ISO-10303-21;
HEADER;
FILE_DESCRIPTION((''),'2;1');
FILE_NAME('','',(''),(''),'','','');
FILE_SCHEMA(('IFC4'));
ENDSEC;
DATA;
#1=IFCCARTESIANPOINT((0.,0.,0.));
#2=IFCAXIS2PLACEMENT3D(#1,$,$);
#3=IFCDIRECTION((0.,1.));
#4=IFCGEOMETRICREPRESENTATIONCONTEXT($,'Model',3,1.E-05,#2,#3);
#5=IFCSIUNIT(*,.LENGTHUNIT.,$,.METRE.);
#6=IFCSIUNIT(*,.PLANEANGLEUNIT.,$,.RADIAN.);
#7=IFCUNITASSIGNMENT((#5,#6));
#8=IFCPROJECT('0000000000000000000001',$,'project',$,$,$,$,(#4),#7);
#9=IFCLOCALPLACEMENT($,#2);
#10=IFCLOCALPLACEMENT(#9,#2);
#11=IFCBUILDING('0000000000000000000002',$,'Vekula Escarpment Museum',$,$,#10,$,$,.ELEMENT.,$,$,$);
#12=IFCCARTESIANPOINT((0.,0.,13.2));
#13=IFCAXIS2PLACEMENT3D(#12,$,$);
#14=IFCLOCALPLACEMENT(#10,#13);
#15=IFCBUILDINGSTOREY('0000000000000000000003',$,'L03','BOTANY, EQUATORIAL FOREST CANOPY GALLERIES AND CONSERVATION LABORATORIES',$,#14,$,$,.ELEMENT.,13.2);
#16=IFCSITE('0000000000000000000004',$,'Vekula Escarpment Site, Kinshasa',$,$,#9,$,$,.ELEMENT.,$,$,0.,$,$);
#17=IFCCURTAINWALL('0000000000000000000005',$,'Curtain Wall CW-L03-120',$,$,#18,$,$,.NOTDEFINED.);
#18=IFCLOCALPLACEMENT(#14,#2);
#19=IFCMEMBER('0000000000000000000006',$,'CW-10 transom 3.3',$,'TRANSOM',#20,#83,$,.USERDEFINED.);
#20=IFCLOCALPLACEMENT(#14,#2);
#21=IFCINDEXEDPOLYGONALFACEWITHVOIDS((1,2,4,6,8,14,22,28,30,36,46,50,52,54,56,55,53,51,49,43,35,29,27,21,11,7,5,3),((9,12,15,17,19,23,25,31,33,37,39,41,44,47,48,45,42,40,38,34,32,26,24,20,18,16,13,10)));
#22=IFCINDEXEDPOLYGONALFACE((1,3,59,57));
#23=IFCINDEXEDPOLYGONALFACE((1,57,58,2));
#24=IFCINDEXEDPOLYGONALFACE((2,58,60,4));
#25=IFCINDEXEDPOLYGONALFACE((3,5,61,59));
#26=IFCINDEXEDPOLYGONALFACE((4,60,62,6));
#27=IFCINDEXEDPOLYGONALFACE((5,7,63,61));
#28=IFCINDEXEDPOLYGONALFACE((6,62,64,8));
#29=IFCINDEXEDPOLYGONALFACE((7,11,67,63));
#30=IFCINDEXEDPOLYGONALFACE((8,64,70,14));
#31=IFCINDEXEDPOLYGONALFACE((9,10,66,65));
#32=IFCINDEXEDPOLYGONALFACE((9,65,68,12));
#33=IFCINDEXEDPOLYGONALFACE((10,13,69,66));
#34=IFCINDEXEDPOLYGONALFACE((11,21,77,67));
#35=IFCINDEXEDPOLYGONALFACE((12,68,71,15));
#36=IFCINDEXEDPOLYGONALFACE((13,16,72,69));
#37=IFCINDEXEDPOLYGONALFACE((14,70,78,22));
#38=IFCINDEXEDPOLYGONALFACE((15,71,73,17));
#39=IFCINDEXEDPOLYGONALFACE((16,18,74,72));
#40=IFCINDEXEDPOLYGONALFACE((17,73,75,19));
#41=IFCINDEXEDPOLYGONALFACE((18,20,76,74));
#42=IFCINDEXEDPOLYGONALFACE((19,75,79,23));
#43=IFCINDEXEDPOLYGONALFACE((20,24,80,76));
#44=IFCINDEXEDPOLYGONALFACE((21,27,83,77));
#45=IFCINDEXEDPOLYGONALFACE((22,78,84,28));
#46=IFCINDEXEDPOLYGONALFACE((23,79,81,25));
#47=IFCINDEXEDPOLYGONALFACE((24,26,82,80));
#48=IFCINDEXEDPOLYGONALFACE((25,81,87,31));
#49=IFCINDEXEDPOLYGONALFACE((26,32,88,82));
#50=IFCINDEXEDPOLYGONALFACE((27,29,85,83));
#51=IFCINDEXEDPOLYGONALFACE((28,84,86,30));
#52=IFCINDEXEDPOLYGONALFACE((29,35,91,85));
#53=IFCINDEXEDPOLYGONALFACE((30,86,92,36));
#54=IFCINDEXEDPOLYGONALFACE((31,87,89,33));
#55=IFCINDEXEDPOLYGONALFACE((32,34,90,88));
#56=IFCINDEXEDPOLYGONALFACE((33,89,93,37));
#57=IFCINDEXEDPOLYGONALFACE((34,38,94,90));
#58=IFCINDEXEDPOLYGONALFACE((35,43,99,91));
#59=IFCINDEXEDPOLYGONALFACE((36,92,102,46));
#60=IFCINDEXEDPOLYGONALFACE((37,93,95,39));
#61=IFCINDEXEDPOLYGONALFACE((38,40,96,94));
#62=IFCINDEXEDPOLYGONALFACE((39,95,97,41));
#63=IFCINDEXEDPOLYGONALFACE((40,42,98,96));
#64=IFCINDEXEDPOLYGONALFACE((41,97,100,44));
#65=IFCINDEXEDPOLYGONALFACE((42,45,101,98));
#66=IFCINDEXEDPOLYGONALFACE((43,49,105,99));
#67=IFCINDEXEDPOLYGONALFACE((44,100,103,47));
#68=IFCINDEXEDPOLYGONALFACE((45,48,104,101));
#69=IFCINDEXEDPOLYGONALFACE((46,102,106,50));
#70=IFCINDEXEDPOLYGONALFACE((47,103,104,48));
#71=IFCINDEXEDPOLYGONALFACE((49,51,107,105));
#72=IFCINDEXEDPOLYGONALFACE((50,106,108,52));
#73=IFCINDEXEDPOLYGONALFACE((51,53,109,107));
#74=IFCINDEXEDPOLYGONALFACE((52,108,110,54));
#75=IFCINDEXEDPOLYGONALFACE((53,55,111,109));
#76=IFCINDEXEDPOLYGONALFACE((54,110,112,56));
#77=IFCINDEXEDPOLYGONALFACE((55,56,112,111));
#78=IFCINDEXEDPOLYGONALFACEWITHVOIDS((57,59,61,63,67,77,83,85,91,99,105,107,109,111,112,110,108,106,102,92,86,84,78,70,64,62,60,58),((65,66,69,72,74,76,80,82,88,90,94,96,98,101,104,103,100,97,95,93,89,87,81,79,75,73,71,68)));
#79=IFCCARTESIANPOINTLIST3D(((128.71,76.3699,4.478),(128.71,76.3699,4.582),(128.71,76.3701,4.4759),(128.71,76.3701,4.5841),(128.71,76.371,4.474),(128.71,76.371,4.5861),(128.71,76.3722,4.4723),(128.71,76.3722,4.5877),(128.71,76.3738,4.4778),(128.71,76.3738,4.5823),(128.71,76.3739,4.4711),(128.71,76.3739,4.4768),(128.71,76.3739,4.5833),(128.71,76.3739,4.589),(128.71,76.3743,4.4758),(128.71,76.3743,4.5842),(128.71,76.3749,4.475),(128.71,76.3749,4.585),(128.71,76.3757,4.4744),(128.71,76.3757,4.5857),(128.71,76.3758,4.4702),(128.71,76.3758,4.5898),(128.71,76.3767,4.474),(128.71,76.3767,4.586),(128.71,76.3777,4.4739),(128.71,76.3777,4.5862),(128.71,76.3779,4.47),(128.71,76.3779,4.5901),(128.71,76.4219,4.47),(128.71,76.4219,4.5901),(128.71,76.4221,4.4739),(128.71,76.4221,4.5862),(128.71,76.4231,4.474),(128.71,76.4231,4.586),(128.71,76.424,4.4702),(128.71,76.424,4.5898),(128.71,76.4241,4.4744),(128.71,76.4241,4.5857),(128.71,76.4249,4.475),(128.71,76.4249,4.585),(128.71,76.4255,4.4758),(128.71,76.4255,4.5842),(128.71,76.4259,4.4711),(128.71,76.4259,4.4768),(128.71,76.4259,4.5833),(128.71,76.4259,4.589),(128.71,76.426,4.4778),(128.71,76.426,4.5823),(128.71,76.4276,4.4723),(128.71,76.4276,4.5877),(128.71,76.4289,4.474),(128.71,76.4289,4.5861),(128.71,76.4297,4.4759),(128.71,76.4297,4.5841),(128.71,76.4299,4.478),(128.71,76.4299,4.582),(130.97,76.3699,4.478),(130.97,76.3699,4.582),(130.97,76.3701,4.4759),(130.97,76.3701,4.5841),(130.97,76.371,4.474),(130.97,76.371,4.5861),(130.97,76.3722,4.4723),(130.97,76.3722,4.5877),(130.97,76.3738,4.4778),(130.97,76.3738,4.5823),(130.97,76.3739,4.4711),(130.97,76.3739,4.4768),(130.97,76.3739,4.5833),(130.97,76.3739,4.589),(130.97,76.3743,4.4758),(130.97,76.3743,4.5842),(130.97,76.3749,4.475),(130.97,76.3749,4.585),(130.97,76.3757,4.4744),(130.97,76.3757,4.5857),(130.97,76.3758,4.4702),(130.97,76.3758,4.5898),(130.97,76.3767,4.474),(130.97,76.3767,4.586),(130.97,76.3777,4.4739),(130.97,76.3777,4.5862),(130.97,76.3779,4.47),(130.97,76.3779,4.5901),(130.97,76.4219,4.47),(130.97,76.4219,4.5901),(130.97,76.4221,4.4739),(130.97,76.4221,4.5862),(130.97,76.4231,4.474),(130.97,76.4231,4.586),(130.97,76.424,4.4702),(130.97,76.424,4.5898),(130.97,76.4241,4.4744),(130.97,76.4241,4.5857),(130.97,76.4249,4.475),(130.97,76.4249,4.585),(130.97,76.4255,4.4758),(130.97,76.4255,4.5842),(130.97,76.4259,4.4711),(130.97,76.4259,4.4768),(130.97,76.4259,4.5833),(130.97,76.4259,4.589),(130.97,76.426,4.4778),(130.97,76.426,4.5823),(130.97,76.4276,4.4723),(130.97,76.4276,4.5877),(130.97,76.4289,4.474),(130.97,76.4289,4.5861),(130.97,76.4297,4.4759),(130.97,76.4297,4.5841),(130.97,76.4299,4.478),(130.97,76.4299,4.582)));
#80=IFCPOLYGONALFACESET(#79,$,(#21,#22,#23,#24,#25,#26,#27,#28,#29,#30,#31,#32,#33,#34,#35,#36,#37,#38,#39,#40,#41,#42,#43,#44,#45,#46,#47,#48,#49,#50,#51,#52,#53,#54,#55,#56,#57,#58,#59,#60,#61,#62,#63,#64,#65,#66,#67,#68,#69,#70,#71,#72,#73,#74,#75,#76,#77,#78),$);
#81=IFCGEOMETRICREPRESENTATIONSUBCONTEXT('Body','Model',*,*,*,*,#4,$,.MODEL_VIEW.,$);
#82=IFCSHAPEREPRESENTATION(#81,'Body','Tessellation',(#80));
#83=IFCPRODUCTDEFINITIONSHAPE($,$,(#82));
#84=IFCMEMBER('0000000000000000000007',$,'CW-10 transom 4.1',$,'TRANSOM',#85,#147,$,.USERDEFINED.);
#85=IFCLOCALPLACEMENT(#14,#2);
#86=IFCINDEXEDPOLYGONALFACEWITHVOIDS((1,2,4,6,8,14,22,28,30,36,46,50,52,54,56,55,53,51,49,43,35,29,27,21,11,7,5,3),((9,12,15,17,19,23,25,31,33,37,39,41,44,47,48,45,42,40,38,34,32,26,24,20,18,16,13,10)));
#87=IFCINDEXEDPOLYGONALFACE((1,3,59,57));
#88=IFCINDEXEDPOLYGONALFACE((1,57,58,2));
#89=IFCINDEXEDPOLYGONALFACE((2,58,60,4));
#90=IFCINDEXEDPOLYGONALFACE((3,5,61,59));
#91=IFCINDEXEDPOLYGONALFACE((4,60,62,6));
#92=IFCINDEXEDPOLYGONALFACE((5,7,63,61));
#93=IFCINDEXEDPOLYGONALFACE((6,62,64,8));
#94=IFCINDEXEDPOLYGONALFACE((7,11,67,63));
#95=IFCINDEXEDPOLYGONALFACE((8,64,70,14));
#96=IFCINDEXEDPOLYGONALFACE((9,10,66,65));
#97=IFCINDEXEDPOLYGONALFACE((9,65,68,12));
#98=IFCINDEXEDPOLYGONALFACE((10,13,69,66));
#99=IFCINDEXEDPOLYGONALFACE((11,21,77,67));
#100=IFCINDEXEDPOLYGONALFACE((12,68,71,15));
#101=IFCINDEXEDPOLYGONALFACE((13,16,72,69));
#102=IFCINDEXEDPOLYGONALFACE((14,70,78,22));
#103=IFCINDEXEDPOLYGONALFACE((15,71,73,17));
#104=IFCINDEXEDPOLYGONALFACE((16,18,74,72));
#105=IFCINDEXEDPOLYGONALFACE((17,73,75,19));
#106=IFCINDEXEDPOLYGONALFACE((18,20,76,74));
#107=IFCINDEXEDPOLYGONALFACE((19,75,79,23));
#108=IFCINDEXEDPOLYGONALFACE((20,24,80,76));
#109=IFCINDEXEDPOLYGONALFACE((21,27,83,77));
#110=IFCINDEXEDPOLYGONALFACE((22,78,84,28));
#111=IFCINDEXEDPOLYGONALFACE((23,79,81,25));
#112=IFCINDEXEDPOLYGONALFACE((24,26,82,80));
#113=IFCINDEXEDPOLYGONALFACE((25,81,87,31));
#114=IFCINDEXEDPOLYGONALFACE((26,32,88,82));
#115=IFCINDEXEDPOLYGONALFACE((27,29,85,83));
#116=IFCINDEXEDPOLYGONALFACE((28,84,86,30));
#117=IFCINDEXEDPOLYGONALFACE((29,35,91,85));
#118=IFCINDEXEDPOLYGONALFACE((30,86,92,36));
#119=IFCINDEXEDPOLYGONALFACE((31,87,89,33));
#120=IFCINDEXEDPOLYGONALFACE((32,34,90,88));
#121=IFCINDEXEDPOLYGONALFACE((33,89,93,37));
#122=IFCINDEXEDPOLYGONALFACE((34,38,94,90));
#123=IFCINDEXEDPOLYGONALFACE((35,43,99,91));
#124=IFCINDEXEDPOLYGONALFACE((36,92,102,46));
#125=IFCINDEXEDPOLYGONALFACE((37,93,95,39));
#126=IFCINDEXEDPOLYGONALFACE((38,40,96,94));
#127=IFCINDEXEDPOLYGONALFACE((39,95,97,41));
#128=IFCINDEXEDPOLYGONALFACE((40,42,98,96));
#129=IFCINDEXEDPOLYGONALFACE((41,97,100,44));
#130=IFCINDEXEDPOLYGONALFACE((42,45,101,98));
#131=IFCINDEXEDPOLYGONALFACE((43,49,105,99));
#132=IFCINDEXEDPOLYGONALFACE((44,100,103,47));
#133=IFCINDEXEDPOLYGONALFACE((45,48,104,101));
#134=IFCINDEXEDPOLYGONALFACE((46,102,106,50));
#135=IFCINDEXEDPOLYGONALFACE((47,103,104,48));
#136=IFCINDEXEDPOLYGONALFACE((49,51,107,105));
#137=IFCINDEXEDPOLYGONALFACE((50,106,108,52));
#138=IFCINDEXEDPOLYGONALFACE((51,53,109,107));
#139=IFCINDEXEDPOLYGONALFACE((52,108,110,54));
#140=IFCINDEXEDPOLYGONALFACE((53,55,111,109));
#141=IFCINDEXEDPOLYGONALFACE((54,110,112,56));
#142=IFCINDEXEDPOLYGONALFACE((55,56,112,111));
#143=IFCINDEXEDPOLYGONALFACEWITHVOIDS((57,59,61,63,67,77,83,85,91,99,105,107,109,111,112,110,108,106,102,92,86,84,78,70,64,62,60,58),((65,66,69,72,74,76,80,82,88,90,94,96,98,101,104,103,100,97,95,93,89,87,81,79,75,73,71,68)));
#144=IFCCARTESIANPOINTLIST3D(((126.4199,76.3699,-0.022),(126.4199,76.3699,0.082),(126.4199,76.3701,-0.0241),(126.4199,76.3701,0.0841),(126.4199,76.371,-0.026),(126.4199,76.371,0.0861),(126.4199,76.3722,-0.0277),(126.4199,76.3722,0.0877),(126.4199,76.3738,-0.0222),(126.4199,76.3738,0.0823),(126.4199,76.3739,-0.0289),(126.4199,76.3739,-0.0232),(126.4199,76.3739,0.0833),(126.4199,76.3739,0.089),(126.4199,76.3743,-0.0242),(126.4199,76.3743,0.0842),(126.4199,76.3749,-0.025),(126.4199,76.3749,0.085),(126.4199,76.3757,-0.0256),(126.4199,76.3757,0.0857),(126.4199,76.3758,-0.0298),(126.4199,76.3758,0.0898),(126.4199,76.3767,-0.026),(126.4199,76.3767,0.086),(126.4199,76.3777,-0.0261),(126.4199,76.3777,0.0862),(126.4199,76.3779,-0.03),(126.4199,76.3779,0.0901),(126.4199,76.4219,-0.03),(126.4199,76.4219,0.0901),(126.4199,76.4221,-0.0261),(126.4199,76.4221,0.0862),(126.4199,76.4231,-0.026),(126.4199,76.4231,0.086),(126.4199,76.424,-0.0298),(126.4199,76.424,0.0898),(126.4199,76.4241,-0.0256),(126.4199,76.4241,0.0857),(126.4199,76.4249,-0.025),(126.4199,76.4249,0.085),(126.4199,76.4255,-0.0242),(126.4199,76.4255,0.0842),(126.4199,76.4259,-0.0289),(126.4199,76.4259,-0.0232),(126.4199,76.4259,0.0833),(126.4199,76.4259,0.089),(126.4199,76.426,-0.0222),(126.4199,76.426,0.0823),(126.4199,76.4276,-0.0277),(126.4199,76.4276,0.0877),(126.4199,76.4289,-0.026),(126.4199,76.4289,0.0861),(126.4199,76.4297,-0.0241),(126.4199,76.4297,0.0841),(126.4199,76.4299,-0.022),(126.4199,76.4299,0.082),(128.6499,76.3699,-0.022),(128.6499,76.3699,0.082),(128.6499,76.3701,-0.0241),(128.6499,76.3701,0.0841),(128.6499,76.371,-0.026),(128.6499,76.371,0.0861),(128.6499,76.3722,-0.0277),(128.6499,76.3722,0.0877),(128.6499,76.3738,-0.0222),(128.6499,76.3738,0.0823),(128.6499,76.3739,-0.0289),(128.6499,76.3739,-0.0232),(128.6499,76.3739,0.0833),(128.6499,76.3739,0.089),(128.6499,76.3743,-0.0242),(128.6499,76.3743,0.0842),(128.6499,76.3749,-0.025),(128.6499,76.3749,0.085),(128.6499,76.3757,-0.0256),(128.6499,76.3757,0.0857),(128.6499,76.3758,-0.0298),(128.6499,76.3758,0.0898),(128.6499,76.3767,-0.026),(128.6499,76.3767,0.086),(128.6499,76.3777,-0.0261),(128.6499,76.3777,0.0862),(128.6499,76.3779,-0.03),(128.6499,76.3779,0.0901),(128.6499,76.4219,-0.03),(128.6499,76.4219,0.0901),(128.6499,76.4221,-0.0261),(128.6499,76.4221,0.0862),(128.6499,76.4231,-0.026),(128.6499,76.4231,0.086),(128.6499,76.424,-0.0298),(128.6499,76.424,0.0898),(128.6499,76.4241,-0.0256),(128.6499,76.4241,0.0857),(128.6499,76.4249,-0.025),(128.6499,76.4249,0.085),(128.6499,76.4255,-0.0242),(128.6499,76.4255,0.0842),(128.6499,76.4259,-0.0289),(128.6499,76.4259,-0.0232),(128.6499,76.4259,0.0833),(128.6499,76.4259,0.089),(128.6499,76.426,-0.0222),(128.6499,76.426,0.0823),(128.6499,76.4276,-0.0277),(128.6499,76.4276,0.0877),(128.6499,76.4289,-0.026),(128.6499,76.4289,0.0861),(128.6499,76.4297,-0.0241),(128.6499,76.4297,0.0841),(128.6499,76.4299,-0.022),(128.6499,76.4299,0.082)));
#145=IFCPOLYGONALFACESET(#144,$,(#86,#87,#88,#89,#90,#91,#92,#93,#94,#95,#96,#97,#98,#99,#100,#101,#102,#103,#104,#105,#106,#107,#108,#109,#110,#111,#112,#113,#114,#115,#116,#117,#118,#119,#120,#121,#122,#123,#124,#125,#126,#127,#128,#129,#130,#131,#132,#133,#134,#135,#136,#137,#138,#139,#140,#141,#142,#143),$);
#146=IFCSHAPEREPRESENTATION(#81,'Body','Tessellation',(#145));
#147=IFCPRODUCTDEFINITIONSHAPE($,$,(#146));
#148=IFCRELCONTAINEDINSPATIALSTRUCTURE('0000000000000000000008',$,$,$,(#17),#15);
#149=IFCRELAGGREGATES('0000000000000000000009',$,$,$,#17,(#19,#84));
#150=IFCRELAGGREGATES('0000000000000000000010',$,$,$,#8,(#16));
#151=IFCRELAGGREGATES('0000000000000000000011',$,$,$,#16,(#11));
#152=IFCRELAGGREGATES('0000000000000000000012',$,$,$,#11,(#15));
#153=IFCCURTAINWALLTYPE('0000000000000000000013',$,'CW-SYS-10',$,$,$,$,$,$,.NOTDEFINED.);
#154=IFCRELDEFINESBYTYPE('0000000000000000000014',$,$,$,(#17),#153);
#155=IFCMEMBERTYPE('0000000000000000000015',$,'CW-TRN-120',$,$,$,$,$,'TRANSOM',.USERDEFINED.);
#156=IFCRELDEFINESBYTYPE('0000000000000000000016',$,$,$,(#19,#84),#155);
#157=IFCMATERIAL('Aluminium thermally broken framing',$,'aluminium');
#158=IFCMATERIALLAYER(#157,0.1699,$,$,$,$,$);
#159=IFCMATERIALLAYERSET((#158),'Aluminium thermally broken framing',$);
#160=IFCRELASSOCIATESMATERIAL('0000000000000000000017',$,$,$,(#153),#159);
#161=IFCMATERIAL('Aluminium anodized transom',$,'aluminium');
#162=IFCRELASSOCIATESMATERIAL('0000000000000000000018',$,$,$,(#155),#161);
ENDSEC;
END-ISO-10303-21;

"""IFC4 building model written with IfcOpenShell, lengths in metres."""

from ifc_helpers import new_model, si_unit, direction, frame, origin, origin_2d, place, context, subcontext, project, spatial, hollow_rectangle, extrude, material, layer, layer_set, material_profile, profile_set, type_object, element, aggregate, save


model = new_model("IFC4")

# Units and contexts
model_context = context("Model", 3, precision=1e-05, world=origin(), true_north=direction((0.0, 1.0)))
body_context = subcontext(model_context, "Body", "Model", "MODEL_VIEW")
ifc_project = project(units=[si_unit("LENGTHUNIT", "METRE"), si_unit("PLANEANGLEUNIT", "RADIAN")], contexts=[model_context])

# Site, building, storey
site_placement = place(None, origin())
site = spatial("IfcSite", under=ifc_project, at=site_placement, Name="Vekula Escarpment Site, Kinshasa", CompositionType="ELEMENT", RefElevation=0.0)
building_placement = place(site_placement, origin())
building = spatial("IfcBuilding", under=site, at=building_placement, Name="Vekula Escarpment Museum", CompositionType="ELEMENT")
storey_placement = place(building_placement, frame((0.0, 0.0, 13.2)))
storey = spatial("IfcBuildingStorey", under=building, at=storey_placement, Name="L03", Description="BOTANY, EQUATORIAL FOREST CANOPY GALLERIES AND CONSERVATION LABORATORIES", CompositionType="ELEMENT", Elevation=13.2)

# Curtain wall
ifc_material_1 = material(Name="Aluminium thermally broken framing", Category="aluminium")
ifc_layer_1 = layer(ifc_material_1, 0.1699)
ifc_layer_set_1 = layer_set([ifc_layer_1], Name="Aluminium thermally broken framing")
curtain_wall_type_1 = type_object("IfcCurtainWallType", Name="CW-SYS-10", PredefinedType="NOTDEFINED", material=ifc_layer_set_1)
curtain_wall_1_placement = place(storey_placement, origin())
curtain_wall_1 = element("IfcCurtainWall", 1, at=curtain_wall_1_placement, inside=storey, type_object=curtain_wall_type_1, Name="Curtain Wall CW-L03-120", PredefinedType="NOTDEFINED")

# Members
ifc_material_2 = material(Name="Aluminium anodized transom", Category="aluminium")
ifc_material_profile_1 = material_profile(ifc_material_2, hollow_rectangle(XDim=0.0601, YDim=0.1201, WallThickness=0.0039, InnerFilletRadius=0.0039, OuterFilletRadius=0.0081, at=origin_2d()), Name="ALU 120x60x4")
ifc_profile_set_1 = profile_set([ifc_material_profile_1], Name="Aluminium anodized transom")
member_type_1 = type_object("IfcMemberType", Name="CW-TRN-120", ElementType="TRANSOM", PredefinedType="USERDEFINED", material=ifc_profile_set_1)
member_1_placement = place(storey_placement, frame((130.97, 76.3999, 4.53), z_axis=(-1.0, 0.0, 0.0), x_axis=(0.0, -1.0, 0.0)))
member_1 = element("IfcMember", 2, at=member_1_placement, type_object=member_type_1, Name="CW-10 transom 3.3", ObjectType="TRANSOM", PredefinedType="USERDEFINED", context=body_context, shape_type="SweptSolid", body=[
    extrude(hollow_rectangle(XDim=0.0601, YDim=0.1201, WallThickness=0.0039, InnerFilletRadius=0.0039, OuterFilletRadius=0.0081, at=origin_2d()), origin(), (0.0, 0.0, 1.0), 2.26),
])
member_2_placement = place(storey_placement, frame((128.6499, 76.3999, 0.03), z_axis=(-1.0, 0.0, 0.0), x_axis=(0.0, -1.0, 0.0)))
member_2 = element("IfcMember", 3, at=member_2_placement, type_object=member_type_1, Name="CW-10 transom 4.1", ObjectType="TRANSOM", PredefinedType="USERDEFINED", context=body_context, shape_type="SweptSolid", body=[
    extrude(hollow_rectangle(XDim=0.0601, YDim=0.1201, WallThickness=0.0039, InnerFilletRadius=0.0039, OuterFilletRadius=0.0081, at=origin_2d()), origin(), (0.0, 0.0, 1.0), 2.23),
])

aggregate(curtain_wall_1, [member_1, member_2])

save(model, "model.ifc")
